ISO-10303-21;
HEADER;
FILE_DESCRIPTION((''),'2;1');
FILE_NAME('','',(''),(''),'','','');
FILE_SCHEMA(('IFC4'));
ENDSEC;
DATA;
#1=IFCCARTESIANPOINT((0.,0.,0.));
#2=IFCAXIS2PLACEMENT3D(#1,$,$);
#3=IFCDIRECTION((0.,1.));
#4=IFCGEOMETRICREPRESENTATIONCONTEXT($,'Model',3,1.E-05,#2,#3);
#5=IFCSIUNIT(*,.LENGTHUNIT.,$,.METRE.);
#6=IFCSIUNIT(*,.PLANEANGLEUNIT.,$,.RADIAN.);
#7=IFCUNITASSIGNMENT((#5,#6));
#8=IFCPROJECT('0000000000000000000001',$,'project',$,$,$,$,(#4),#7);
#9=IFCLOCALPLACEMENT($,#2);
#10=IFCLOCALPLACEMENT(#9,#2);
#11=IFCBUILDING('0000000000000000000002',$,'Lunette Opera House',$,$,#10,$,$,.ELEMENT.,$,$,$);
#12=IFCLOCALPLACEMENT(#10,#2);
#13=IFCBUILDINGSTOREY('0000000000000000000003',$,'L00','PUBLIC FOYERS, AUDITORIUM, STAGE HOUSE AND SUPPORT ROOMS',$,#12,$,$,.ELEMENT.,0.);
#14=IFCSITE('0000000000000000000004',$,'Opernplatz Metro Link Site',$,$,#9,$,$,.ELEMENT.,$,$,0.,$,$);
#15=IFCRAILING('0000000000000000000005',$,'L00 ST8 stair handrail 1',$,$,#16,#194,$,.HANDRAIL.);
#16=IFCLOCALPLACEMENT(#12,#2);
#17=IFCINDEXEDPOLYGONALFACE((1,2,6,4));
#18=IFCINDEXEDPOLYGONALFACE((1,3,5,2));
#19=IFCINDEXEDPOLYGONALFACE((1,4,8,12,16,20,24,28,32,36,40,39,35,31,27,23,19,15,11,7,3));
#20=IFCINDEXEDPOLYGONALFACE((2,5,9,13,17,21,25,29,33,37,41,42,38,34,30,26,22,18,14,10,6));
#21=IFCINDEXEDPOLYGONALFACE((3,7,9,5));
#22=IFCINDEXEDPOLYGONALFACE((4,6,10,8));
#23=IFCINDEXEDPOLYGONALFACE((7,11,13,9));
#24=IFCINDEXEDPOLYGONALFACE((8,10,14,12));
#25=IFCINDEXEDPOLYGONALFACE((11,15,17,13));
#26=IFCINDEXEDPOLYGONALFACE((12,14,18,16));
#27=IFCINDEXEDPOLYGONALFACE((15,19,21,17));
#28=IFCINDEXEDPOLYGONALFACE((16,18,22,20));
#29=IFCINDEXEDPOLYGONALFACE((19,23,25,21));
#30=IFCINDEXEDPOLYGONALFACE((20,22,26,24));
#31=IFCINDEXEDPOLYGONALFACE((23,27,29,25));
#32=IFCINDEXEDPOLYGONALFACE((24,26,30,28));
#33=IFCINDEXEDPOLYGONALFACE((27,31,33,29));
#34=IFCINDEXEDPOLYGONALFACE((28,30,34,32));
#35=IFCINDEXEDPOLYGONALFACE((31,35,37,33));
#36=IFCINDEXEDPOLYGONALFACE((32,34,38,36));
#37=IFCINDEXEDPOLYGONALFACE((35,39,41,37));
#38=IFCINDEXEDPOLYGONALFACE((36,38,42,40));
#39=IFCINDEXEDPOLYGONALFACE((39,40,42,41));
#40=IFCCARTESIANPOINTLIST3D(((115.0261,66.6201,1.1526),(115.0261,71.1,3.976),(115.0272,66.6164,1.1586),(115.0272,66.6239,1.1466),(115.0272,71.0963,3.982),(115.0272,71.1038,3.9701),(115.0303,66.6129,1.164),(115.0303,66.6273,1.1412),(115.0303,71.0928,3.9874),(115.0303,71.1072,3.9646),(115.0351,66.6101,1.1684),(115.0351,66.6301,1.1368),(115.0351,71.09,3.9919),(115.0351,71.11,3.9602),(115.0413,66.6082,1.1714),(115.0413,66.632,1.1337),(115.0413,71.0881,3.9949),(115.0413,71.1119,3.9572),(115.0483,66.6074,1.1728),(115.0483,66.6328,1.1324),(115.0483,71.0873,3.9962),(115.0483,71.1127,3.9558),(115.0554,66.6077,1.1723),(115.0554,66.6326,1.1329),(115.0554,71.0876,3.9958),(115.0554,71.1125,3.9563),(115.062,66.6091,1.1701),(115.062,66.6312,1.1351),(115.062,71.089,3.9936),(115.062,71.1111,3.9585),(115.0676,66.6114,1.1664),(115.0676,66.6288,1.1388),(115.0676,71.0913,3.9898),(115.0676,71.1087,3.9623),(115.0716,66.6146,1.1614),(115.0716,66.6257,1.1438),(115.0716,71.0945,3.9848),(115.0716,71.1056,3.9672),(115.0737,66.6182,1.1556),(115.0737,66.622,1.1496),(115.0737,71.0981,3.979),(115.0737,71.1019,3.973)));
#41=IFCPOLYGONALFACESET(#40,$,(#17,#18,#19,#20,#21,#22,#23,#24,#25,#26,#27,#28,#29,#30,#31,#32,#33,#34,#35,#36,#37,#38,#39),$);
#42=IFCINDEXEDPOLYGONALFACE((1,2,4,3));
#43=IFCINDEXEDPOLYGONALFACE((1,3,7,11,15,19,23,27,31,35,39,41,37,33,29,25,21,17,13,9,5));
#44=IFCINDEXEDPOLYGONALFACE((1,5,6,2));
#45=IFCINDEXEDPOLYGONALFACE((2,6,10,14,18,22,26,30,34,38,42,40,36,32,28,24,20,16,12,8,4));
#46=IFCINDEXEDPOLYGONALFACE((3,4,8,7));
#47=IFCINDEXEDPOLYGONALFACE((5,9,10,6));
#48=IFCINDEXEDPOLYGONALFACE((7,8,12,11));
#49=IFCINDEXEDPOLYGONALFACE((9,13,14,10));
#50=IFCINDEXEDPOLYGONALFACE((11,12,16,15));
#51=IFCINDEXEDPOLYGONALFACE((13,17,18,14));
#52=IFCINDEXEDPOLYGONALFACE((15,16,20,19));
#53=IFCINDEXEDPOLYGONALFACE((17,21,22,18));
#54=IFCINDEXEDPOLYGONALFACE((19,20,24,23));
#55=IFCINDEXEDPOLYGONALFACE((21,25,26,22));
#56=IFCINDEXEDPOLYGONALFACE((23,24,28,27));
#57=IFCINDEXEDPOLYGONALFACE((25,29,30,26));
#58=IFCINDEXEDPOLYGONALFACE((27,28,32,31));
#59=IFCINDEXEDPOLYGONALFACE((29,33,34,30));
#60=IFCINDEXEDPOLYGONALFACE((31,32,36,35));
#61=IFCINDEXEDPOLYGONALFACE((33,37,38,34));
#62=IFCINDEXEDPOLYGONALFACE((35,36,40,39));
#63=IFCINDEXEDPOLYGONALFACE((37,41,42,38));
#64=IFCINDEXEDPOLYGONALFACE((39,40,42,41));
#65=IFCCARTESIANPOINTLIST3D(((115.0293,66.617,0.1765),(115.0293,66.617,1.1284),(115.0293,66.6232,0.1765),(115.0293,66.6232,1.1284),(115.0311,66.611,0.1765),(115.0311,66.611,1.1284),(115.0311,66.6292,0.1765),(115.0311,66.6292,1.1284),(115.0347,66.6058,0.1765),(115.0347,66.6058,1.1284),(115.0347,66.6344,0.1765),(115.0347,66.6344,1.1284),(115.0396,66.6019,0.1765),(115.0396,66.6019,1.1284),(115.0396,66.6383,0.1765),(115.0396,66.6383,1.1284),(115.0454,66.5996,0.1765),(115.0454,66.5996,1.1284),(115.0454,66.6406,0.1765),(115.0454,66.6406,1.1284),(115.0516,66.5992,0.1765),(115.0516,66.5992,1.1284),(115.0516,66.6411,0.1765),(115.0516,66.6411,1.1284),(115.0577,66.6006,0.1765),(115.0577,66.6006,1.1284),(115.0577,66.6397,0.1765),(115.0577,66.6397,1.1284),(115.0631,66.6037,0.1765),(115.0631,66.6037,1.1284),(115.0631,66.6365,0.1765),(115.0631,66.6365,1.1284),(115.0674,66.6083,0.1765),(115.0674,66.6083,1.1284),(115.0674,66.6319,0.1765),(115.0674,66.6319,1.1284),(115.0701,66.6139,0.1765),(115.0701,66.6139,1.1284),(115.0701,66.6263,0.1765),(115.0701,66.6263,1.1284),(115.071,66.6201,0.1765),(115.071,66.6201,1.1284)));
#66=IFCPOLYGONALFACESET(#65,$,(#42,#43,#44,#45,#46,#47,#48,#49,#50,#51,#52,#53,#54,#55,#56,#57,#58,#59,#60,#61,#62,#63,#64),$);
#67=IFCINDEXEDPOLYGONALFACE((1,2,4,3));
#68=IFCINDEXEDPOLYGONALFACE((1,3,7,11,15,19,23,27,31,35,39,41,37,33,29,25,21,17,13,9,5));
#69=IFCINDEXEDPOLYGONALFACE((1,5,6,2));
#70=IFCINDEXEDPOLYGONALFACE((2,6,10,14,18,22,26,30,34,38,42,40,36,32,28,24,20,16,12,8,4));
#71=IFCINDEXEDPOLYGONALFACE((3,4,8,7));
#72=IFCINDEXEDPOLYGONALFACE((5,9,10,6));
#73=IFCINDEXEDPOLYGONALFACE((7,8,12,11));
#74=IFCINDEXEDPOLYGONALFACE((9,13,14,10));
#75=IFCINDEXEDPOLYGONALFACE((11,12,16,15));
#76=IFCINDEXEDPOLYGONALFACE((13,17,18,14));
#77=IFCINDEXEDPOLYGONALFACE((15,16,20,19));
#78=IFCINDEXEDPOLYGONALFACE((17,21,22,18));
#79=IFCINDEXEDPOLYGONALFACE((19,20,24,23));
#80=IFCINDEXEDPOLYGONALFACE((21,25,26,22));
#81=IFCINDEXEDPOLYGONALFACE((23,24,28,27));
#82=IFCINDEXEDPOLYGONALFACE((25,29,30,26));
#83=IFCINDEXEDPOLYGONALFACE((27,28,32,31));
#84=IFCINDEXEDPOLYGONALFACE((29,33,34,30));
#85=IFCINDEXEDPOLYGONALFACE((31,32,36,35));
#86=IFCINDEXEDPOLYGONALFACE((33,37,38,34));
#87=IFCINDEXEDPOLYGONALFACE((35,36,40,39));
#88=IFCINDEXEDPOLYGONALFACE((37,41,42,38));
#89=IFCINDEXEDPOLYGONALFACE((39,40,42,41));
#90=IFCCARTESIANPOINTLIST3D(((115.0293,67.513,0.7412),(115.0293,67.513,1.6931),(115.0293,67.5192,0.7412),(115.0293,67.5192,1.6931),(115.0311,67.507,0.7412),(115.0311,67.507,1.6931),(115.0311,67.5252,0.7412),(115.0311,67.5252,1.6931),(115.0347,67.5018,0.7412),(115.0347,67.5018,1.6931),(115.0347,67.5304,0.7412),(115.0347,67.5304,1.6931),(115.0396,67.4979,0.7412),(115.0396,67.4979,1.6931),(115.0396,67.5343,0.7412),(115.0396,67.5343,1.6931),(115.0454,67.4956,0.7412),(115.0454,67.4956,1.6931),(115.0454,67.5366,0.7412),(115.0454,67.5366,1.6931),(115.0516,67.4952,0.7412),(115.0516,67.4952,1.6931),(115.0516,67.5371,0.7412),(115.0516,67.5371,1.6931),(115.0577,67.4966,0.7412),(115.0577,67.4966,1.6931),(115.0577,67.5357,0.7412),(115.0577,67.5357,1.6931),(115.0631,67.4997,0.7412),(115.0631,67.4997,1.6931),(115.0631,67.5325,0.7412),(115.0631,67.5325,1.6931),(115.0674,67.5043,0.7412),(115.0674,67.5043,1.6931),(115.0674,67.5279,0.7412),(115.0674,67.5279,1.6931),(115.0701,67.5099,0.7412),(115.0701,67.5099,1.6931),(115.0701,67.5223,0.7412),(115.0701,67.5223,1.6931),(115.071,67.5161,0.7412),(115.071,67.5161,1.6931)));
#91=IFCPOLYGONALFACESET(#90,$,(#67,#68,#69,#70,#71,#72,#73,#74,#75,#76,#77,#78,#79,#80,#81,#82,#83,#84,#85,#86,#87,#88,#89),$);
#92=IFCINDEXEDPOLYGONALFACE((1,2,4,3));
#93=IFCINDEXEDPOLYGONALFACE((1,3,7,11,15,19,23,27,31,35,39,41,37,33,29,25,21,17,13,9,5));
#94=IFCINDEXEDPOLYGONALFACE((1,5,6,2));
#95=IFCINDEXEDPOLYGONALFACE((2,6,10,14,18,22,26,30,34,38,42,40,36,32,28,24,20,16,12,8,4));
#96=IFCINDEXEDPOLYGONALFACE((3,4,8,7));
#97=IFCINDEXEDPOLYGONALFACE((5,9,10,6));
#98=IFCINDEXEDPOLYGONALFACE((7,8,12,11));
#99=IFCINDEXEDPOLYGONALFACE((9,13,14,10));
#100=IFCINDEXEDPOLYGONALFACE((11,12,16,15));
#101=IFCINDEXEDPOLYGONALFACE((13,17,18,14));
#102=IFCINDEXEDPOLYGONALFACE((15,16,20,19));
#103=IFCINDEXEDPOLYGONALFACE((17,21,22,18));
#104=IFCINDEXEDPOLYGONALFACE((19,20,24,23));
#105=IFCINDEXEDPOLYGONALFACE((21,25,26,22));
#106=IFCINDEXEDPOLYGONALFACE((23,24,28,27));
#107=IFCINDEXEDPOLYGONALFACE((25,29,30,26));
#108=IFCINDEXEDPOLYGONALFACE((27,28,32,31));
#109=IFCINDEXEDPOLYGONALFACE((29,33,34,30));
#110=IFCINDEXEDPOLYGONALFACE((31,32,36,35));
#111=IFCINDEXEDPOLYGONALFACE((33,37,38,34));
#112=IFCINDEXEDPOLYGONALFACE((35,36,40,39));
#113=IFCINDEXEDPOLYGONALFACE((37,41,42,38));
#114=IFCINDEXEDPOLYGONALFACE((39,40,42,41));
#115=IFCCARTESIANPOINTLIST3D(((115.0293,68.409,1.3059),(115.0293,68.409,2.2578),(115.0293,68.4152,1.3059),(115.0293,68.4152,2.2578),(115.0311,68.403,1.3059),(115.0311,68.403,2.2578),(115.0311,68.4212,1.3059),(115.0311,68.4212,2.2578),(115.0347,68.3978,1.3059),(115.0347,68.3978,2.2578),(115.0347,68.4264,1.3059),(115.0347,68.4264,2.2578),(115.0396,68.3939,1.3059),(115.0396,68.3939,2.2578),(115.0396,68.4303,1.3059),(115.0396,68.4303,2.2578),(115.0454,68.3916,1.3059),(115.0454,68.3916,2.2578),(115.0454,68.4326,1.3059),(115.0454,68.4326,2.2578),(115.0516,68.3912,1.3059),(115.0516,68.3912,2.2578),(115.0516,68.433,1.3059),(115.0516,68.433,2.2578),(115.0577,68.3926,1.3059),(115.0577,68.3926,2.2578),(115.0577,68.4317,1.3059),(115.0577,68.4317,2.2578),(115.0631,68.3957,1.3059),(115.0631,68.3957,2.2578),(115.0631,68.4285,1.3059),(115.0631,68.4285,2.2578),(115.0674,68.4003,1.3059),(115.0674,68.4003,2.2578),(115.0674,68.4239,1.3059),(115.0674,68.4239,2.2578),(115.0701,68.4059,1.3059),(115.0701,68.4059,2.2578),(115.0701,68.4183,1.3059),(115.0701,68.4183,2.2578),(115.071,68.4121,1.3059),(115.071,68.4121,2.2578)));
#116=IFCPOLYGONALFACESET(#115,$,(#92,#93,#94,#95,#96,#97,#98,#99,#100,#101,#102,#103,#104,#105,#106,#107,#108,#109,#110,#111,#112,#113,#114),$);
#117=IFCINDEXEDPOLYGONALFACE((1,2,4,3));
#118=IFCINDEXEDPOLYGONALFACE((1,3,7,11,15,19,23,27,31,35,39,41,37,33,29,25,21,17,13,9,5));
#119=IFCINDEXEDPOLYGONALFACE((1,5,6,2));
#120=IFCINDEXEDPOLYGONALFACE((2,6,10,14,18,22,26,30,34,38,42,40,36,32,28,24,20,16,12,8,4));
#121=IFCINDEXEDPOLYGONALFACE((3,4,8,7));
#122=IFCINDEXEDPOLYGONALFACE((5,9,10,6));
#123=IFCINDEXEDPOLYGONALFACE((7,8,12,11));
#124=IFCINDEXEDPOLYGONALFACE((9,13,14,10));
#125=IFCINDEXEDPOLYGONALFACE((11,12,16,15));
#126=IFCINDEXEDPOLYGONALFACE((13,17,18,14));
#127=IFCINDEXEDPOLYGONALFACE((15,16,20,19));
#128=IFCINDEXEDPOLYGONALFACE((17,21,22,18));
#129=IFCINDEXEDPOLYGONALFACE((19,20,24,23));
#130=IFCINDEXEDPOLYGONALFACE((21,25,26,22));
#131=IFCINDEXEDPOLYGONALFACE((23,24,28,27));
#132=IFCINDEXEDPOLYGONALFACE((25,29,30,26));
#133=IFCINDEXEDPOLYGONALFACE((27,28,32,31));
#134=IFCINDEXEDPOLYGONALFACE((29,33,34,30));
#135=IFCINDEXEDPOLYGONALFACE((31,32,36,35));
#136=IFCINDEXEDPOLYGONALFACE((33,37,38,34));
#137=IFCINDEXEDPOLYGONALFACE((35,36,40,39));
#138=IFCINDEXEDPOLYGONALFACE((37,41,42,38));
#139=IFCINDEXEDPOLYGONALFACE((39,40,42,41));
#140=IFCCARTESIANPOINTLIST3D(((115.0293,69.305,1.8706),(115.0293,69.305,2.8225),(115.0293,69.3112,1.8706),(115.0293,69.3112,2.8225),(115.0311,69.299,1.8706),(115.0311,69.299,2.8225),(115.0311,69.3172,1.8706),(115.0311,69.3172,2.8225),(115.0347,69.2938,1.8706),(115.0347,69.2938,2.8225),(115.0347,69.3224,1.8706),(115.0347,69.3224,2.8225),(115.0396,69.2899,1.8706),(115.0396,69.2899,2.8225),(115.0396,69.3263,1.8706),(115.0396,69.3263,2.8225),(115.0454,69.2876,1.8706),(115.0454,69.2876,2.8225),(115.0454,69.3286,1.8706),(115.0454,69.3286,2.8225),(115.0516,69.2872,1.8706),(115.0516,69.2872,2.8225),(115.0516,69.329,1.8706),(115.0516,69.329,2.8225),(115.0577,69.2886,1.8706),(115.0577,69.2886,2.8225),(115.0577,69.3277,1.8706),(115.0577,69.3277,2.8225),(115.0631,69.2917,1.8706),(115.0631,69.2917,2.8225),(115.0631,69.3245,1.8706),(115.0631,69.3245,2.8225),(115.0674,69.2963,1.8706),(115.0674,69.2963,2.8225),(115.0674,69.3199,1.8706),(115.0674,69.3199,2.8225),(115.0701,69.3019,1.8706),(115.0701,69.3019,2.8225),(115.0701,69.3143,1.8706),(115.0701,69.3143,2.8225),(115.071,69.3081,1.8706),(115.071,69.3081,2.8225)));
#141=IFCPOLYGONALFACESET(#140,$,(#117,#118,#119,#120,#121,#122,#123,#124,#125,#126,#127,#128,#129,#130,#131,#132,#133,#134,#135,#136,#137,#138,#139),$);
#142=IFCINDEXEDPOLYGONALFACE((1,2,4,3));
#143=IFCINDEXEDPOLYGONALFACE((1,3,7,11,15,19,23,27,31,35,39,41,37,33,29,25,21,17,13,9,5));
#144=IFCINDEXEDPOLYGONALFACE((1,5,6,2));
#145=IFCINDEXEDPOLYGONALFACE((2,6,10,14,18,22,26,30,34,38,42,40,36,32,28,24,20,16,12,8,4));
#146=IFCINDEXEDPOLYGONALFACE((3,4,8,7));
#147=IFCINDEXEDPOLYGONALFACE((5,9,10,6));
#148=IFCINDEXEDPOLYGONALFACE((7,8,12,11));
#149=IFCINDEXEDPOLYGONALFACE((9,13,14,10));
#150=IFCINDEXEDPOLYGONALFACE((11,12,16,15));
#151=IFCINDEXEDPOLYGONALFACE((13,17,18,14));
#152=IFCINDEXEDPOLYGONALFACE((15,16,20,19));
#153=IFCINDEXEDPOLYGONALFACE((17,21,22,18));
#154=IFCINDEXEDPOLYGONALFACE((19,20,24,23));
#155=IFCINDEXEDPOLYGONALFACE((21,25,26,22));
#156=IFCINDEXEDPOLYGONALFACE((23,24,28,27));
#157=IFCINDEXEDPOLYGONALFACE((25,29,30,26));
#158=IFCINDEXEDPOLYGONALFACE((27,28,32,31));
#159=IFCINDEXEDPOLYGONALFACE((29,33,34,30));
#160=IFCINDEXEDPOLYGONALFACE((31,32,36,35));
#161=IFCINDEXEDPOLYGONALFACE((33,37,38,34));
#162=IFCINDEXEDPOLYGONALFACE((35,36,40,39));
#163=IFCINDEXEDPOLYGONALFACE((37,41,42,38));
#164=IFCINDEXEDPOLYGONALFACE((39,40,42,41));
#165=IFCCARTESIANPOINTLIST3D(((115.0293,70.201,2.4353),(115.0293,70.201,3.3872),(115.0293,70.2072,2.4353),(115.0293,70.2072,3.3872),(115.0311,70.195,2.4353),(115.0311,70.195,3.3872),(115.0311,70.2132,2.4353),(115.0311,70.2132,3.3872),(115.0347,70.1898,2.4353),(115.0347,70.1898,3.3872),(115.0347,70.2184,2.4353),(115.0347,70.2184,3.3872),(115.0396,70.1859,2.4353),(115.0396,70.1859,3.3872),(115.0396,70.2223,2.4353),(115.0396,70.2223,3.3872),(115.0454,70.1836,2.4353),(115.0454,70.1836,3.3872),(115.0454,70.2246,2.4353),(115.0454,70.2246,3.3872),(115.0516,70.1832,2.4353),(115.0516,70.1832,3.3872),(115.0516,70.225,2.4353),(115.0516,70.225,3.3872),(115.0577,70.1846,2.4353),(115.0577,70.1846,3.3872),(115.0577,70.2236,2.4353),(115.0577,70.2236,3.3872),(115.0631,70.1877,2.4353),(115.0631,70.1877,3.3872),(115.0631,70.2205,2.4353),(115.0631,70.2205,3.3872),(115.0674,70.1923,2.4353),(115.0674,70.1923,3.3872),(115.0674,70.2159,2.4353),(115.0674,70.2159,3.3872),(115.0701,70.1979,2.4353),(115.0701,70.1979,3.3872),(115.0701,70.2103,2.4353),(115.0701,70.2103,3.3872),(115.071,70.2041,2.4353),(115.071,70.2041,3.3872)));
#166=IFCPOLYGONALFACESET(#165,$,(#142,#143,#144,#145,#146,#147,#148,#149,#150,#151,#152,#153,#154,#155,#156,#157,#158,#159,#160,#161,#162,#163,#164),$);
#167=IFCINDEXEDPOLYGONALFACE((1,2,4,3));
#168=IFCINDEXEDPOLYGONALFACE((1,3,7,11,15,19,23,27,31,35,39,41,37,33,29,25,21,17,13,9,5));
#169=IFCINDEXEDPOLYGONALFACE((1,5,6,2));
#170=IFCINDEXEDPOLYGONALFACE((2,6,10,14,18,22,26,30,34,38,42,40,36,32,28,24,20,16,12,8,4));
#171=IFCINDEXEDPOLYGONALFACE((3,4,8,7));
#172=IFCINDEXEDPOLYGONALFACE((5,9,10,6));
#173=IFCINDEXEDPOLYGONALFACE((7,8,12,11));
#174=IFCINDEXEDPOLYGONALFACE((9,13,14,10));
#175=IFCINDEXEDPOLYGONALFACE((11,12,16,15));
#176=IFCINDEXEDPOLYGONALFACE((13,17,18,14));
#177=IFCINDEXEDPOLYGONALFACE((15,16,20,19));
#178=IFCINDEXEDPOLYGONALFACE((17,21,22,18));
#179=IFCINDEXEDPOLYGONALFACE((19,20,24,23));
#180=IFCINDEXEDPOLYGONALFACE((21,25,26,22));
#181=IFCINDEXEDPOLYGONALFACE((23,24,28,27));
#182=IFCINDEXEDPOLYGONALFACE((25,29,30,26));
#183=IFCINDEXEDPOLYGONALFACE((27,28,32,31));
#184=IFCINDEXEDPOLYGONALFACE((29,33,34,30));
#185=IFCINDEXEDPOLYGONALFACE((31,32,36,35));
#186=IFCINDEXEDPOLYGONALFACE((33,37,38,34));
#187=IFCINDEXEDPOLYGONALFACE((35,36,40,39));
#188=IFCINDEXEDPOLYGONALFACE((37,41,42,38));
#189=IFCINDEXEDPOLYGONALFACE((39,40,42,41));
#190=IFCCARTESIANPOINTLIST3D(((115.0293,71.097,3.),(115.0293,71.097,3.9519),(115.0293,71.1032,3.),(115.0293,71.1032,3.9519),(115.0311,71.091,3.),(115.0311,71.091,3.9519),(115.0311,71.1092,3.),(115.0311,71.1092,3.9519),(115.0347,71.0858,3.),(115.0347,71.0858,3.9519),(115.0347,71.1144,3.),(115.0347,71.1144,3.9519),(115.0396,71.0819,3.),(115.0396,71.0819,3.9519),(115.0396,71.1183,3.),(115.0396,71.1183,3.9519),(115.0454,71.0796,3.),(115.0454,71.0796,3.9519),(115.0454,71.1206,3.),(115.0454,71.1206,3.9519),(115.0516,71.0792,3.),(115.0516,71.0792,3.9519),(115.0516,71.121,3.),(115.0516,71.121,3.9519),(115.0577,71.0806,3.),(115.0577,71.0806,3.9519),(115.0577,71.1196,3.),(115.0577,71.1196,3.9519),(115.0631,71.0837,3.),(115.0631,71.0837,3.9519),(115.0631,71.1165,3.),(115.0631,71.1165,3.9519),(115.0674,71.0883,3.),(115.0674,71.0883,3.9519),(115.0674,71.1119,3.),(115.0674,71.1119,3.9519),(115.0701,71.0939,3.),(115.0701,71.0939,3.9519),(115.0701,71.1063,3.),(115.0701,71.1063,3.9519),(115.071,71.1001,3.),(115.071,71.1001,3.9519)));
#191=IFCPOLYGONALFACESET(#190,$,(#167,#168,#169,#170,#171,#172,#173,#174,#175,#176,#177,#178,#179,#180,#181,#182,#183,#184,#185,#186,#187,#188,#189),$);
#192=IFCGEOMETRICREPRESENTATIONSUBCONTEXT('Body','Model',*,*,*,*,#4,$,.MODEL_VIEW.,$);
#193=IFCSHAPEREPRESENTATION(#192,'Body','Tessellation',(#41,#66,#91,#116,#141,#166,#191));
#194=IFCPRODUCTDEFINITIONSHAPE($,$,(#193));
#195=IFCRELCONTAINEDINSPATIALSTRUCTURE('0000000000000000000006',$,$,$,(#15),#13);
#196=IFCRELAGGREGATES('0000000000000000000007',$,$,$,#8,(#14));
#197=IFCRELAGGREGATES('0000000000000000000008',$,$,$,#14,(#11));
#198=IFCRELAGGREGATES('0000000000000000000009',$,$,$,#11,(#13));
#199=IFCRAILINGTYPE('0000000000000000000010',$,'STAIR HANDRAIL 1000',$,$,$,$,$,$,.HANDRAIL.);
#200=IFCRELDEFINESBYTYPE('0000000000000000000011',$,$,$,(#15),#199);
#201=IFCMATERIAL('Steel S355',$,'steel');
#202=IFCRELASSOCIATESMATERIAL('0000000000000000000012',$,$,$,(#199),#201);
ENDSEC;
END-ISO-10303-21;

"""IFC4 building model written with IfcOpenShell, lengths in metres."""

from ifc_helpers import new_model, si_unit, direction, frame, origin, origin_2d, place, context, subcontext, project, spatial, circle, extrude, material, type_object, element, save


model = new_model("IFC4")

# Units and contexts
model_context = context("Model", 3, precision=1e-05, world=origin(), true_north=direction((0.0, 1.0)))
body_context = subcontext(model_context, "Body", "Model", "MODEL_VIEW")
ifc_project = project(units=[si_unit("LENGTHUNIT", "METRE"), si_unit("PLANEANGLEUNIT", "RADIAN")], contexts=[model_context])

# Site, building, storey
site_placement = place(None, origin())
site = spatial("IfcSite", under=ifc_project, at=site_placement, Name="Opernplatz Metro Link Site", CompositionType="ELEMENT", RefElevation=0.0)
building_placement = place(site_placement, origin())
building = spatial("IfcBuilding", under=site, at=building_placement, Name="Lunette Opera House", CompositionType="ELEMENT")
storey_placement = place(building_placement, origin())
storey = spatial("IfcBuildingStorey", under=building, at=storey_placement, Name="L00", Description="PUBLIC FOYERS, AUDITORIUM, STAGE HOUSE AND SUPPORT ROOMS", CompositionType="ELEMENT", Elevation=0.0)

# Railing
ifc_material_1 = material(Name="Steel S355", Category="steel")
railing_type_1 = type_object("IfcRailingType", Name="STAIR HANDRAIL 1000", PredefinedType="HANDRAIL", material=ifc_material_1)
railing_1_placement = place(storey_placement, frame((115.05, 66.6201, 0.1765)))
element("IfcRailing", 1, at=railing_1_placement, inside=storey, type_object=railing_type_1, Name="L00 ST8 stair handrail 1", PredefinedType="HANDRAIL", context=body_context, shape_type="SweptSolid", body=[
    extrude(circle(Radius=0.0239, at=origin_2d()), frame((0.0, 0.0, 0.9761), z_axis=(0.0, 0.845998, 0.533186), x_axis=(-1.0, 0.0, 0.0)), (0.0, 0.0, 1.0), 5.2954),
    extrude(circle(Radius=0.021, at=origin_2d()), origin(), (0.0, 0.0, 1.0), 0.9519),
    extrude(circle(Radius=0.021, at=origin_2d()), frame((0.0, 0.896, 0.5647)), (0.0, 0.0, 1.0), 0.9519),
    extrude(circle(Radius=0.021, at=origin_2d()), frame((0.0, 1.792, 1.1294)), (0.0, 0.0, 1.0), 0.9519),
    extrude(circle(Radius=0.021, at=origin_2d()), frame((0.0, 2.688, 1.6941)), (0.0, 0.0, 1.0), 0.9519),
    extrude(circle(Radius=0.021, at=origin_2d()), frame((0.0, 3.584, 2.2588)), (0.0, 0.0, 1.0), 0.9519),
    extrude(circle(Radius=0.021, at=origin_2d()), frame((0.0, 4.48, 2.8235)), (0.0, 0.0, 1.0), 0.9519),
])

save(model, "model.ifc")
